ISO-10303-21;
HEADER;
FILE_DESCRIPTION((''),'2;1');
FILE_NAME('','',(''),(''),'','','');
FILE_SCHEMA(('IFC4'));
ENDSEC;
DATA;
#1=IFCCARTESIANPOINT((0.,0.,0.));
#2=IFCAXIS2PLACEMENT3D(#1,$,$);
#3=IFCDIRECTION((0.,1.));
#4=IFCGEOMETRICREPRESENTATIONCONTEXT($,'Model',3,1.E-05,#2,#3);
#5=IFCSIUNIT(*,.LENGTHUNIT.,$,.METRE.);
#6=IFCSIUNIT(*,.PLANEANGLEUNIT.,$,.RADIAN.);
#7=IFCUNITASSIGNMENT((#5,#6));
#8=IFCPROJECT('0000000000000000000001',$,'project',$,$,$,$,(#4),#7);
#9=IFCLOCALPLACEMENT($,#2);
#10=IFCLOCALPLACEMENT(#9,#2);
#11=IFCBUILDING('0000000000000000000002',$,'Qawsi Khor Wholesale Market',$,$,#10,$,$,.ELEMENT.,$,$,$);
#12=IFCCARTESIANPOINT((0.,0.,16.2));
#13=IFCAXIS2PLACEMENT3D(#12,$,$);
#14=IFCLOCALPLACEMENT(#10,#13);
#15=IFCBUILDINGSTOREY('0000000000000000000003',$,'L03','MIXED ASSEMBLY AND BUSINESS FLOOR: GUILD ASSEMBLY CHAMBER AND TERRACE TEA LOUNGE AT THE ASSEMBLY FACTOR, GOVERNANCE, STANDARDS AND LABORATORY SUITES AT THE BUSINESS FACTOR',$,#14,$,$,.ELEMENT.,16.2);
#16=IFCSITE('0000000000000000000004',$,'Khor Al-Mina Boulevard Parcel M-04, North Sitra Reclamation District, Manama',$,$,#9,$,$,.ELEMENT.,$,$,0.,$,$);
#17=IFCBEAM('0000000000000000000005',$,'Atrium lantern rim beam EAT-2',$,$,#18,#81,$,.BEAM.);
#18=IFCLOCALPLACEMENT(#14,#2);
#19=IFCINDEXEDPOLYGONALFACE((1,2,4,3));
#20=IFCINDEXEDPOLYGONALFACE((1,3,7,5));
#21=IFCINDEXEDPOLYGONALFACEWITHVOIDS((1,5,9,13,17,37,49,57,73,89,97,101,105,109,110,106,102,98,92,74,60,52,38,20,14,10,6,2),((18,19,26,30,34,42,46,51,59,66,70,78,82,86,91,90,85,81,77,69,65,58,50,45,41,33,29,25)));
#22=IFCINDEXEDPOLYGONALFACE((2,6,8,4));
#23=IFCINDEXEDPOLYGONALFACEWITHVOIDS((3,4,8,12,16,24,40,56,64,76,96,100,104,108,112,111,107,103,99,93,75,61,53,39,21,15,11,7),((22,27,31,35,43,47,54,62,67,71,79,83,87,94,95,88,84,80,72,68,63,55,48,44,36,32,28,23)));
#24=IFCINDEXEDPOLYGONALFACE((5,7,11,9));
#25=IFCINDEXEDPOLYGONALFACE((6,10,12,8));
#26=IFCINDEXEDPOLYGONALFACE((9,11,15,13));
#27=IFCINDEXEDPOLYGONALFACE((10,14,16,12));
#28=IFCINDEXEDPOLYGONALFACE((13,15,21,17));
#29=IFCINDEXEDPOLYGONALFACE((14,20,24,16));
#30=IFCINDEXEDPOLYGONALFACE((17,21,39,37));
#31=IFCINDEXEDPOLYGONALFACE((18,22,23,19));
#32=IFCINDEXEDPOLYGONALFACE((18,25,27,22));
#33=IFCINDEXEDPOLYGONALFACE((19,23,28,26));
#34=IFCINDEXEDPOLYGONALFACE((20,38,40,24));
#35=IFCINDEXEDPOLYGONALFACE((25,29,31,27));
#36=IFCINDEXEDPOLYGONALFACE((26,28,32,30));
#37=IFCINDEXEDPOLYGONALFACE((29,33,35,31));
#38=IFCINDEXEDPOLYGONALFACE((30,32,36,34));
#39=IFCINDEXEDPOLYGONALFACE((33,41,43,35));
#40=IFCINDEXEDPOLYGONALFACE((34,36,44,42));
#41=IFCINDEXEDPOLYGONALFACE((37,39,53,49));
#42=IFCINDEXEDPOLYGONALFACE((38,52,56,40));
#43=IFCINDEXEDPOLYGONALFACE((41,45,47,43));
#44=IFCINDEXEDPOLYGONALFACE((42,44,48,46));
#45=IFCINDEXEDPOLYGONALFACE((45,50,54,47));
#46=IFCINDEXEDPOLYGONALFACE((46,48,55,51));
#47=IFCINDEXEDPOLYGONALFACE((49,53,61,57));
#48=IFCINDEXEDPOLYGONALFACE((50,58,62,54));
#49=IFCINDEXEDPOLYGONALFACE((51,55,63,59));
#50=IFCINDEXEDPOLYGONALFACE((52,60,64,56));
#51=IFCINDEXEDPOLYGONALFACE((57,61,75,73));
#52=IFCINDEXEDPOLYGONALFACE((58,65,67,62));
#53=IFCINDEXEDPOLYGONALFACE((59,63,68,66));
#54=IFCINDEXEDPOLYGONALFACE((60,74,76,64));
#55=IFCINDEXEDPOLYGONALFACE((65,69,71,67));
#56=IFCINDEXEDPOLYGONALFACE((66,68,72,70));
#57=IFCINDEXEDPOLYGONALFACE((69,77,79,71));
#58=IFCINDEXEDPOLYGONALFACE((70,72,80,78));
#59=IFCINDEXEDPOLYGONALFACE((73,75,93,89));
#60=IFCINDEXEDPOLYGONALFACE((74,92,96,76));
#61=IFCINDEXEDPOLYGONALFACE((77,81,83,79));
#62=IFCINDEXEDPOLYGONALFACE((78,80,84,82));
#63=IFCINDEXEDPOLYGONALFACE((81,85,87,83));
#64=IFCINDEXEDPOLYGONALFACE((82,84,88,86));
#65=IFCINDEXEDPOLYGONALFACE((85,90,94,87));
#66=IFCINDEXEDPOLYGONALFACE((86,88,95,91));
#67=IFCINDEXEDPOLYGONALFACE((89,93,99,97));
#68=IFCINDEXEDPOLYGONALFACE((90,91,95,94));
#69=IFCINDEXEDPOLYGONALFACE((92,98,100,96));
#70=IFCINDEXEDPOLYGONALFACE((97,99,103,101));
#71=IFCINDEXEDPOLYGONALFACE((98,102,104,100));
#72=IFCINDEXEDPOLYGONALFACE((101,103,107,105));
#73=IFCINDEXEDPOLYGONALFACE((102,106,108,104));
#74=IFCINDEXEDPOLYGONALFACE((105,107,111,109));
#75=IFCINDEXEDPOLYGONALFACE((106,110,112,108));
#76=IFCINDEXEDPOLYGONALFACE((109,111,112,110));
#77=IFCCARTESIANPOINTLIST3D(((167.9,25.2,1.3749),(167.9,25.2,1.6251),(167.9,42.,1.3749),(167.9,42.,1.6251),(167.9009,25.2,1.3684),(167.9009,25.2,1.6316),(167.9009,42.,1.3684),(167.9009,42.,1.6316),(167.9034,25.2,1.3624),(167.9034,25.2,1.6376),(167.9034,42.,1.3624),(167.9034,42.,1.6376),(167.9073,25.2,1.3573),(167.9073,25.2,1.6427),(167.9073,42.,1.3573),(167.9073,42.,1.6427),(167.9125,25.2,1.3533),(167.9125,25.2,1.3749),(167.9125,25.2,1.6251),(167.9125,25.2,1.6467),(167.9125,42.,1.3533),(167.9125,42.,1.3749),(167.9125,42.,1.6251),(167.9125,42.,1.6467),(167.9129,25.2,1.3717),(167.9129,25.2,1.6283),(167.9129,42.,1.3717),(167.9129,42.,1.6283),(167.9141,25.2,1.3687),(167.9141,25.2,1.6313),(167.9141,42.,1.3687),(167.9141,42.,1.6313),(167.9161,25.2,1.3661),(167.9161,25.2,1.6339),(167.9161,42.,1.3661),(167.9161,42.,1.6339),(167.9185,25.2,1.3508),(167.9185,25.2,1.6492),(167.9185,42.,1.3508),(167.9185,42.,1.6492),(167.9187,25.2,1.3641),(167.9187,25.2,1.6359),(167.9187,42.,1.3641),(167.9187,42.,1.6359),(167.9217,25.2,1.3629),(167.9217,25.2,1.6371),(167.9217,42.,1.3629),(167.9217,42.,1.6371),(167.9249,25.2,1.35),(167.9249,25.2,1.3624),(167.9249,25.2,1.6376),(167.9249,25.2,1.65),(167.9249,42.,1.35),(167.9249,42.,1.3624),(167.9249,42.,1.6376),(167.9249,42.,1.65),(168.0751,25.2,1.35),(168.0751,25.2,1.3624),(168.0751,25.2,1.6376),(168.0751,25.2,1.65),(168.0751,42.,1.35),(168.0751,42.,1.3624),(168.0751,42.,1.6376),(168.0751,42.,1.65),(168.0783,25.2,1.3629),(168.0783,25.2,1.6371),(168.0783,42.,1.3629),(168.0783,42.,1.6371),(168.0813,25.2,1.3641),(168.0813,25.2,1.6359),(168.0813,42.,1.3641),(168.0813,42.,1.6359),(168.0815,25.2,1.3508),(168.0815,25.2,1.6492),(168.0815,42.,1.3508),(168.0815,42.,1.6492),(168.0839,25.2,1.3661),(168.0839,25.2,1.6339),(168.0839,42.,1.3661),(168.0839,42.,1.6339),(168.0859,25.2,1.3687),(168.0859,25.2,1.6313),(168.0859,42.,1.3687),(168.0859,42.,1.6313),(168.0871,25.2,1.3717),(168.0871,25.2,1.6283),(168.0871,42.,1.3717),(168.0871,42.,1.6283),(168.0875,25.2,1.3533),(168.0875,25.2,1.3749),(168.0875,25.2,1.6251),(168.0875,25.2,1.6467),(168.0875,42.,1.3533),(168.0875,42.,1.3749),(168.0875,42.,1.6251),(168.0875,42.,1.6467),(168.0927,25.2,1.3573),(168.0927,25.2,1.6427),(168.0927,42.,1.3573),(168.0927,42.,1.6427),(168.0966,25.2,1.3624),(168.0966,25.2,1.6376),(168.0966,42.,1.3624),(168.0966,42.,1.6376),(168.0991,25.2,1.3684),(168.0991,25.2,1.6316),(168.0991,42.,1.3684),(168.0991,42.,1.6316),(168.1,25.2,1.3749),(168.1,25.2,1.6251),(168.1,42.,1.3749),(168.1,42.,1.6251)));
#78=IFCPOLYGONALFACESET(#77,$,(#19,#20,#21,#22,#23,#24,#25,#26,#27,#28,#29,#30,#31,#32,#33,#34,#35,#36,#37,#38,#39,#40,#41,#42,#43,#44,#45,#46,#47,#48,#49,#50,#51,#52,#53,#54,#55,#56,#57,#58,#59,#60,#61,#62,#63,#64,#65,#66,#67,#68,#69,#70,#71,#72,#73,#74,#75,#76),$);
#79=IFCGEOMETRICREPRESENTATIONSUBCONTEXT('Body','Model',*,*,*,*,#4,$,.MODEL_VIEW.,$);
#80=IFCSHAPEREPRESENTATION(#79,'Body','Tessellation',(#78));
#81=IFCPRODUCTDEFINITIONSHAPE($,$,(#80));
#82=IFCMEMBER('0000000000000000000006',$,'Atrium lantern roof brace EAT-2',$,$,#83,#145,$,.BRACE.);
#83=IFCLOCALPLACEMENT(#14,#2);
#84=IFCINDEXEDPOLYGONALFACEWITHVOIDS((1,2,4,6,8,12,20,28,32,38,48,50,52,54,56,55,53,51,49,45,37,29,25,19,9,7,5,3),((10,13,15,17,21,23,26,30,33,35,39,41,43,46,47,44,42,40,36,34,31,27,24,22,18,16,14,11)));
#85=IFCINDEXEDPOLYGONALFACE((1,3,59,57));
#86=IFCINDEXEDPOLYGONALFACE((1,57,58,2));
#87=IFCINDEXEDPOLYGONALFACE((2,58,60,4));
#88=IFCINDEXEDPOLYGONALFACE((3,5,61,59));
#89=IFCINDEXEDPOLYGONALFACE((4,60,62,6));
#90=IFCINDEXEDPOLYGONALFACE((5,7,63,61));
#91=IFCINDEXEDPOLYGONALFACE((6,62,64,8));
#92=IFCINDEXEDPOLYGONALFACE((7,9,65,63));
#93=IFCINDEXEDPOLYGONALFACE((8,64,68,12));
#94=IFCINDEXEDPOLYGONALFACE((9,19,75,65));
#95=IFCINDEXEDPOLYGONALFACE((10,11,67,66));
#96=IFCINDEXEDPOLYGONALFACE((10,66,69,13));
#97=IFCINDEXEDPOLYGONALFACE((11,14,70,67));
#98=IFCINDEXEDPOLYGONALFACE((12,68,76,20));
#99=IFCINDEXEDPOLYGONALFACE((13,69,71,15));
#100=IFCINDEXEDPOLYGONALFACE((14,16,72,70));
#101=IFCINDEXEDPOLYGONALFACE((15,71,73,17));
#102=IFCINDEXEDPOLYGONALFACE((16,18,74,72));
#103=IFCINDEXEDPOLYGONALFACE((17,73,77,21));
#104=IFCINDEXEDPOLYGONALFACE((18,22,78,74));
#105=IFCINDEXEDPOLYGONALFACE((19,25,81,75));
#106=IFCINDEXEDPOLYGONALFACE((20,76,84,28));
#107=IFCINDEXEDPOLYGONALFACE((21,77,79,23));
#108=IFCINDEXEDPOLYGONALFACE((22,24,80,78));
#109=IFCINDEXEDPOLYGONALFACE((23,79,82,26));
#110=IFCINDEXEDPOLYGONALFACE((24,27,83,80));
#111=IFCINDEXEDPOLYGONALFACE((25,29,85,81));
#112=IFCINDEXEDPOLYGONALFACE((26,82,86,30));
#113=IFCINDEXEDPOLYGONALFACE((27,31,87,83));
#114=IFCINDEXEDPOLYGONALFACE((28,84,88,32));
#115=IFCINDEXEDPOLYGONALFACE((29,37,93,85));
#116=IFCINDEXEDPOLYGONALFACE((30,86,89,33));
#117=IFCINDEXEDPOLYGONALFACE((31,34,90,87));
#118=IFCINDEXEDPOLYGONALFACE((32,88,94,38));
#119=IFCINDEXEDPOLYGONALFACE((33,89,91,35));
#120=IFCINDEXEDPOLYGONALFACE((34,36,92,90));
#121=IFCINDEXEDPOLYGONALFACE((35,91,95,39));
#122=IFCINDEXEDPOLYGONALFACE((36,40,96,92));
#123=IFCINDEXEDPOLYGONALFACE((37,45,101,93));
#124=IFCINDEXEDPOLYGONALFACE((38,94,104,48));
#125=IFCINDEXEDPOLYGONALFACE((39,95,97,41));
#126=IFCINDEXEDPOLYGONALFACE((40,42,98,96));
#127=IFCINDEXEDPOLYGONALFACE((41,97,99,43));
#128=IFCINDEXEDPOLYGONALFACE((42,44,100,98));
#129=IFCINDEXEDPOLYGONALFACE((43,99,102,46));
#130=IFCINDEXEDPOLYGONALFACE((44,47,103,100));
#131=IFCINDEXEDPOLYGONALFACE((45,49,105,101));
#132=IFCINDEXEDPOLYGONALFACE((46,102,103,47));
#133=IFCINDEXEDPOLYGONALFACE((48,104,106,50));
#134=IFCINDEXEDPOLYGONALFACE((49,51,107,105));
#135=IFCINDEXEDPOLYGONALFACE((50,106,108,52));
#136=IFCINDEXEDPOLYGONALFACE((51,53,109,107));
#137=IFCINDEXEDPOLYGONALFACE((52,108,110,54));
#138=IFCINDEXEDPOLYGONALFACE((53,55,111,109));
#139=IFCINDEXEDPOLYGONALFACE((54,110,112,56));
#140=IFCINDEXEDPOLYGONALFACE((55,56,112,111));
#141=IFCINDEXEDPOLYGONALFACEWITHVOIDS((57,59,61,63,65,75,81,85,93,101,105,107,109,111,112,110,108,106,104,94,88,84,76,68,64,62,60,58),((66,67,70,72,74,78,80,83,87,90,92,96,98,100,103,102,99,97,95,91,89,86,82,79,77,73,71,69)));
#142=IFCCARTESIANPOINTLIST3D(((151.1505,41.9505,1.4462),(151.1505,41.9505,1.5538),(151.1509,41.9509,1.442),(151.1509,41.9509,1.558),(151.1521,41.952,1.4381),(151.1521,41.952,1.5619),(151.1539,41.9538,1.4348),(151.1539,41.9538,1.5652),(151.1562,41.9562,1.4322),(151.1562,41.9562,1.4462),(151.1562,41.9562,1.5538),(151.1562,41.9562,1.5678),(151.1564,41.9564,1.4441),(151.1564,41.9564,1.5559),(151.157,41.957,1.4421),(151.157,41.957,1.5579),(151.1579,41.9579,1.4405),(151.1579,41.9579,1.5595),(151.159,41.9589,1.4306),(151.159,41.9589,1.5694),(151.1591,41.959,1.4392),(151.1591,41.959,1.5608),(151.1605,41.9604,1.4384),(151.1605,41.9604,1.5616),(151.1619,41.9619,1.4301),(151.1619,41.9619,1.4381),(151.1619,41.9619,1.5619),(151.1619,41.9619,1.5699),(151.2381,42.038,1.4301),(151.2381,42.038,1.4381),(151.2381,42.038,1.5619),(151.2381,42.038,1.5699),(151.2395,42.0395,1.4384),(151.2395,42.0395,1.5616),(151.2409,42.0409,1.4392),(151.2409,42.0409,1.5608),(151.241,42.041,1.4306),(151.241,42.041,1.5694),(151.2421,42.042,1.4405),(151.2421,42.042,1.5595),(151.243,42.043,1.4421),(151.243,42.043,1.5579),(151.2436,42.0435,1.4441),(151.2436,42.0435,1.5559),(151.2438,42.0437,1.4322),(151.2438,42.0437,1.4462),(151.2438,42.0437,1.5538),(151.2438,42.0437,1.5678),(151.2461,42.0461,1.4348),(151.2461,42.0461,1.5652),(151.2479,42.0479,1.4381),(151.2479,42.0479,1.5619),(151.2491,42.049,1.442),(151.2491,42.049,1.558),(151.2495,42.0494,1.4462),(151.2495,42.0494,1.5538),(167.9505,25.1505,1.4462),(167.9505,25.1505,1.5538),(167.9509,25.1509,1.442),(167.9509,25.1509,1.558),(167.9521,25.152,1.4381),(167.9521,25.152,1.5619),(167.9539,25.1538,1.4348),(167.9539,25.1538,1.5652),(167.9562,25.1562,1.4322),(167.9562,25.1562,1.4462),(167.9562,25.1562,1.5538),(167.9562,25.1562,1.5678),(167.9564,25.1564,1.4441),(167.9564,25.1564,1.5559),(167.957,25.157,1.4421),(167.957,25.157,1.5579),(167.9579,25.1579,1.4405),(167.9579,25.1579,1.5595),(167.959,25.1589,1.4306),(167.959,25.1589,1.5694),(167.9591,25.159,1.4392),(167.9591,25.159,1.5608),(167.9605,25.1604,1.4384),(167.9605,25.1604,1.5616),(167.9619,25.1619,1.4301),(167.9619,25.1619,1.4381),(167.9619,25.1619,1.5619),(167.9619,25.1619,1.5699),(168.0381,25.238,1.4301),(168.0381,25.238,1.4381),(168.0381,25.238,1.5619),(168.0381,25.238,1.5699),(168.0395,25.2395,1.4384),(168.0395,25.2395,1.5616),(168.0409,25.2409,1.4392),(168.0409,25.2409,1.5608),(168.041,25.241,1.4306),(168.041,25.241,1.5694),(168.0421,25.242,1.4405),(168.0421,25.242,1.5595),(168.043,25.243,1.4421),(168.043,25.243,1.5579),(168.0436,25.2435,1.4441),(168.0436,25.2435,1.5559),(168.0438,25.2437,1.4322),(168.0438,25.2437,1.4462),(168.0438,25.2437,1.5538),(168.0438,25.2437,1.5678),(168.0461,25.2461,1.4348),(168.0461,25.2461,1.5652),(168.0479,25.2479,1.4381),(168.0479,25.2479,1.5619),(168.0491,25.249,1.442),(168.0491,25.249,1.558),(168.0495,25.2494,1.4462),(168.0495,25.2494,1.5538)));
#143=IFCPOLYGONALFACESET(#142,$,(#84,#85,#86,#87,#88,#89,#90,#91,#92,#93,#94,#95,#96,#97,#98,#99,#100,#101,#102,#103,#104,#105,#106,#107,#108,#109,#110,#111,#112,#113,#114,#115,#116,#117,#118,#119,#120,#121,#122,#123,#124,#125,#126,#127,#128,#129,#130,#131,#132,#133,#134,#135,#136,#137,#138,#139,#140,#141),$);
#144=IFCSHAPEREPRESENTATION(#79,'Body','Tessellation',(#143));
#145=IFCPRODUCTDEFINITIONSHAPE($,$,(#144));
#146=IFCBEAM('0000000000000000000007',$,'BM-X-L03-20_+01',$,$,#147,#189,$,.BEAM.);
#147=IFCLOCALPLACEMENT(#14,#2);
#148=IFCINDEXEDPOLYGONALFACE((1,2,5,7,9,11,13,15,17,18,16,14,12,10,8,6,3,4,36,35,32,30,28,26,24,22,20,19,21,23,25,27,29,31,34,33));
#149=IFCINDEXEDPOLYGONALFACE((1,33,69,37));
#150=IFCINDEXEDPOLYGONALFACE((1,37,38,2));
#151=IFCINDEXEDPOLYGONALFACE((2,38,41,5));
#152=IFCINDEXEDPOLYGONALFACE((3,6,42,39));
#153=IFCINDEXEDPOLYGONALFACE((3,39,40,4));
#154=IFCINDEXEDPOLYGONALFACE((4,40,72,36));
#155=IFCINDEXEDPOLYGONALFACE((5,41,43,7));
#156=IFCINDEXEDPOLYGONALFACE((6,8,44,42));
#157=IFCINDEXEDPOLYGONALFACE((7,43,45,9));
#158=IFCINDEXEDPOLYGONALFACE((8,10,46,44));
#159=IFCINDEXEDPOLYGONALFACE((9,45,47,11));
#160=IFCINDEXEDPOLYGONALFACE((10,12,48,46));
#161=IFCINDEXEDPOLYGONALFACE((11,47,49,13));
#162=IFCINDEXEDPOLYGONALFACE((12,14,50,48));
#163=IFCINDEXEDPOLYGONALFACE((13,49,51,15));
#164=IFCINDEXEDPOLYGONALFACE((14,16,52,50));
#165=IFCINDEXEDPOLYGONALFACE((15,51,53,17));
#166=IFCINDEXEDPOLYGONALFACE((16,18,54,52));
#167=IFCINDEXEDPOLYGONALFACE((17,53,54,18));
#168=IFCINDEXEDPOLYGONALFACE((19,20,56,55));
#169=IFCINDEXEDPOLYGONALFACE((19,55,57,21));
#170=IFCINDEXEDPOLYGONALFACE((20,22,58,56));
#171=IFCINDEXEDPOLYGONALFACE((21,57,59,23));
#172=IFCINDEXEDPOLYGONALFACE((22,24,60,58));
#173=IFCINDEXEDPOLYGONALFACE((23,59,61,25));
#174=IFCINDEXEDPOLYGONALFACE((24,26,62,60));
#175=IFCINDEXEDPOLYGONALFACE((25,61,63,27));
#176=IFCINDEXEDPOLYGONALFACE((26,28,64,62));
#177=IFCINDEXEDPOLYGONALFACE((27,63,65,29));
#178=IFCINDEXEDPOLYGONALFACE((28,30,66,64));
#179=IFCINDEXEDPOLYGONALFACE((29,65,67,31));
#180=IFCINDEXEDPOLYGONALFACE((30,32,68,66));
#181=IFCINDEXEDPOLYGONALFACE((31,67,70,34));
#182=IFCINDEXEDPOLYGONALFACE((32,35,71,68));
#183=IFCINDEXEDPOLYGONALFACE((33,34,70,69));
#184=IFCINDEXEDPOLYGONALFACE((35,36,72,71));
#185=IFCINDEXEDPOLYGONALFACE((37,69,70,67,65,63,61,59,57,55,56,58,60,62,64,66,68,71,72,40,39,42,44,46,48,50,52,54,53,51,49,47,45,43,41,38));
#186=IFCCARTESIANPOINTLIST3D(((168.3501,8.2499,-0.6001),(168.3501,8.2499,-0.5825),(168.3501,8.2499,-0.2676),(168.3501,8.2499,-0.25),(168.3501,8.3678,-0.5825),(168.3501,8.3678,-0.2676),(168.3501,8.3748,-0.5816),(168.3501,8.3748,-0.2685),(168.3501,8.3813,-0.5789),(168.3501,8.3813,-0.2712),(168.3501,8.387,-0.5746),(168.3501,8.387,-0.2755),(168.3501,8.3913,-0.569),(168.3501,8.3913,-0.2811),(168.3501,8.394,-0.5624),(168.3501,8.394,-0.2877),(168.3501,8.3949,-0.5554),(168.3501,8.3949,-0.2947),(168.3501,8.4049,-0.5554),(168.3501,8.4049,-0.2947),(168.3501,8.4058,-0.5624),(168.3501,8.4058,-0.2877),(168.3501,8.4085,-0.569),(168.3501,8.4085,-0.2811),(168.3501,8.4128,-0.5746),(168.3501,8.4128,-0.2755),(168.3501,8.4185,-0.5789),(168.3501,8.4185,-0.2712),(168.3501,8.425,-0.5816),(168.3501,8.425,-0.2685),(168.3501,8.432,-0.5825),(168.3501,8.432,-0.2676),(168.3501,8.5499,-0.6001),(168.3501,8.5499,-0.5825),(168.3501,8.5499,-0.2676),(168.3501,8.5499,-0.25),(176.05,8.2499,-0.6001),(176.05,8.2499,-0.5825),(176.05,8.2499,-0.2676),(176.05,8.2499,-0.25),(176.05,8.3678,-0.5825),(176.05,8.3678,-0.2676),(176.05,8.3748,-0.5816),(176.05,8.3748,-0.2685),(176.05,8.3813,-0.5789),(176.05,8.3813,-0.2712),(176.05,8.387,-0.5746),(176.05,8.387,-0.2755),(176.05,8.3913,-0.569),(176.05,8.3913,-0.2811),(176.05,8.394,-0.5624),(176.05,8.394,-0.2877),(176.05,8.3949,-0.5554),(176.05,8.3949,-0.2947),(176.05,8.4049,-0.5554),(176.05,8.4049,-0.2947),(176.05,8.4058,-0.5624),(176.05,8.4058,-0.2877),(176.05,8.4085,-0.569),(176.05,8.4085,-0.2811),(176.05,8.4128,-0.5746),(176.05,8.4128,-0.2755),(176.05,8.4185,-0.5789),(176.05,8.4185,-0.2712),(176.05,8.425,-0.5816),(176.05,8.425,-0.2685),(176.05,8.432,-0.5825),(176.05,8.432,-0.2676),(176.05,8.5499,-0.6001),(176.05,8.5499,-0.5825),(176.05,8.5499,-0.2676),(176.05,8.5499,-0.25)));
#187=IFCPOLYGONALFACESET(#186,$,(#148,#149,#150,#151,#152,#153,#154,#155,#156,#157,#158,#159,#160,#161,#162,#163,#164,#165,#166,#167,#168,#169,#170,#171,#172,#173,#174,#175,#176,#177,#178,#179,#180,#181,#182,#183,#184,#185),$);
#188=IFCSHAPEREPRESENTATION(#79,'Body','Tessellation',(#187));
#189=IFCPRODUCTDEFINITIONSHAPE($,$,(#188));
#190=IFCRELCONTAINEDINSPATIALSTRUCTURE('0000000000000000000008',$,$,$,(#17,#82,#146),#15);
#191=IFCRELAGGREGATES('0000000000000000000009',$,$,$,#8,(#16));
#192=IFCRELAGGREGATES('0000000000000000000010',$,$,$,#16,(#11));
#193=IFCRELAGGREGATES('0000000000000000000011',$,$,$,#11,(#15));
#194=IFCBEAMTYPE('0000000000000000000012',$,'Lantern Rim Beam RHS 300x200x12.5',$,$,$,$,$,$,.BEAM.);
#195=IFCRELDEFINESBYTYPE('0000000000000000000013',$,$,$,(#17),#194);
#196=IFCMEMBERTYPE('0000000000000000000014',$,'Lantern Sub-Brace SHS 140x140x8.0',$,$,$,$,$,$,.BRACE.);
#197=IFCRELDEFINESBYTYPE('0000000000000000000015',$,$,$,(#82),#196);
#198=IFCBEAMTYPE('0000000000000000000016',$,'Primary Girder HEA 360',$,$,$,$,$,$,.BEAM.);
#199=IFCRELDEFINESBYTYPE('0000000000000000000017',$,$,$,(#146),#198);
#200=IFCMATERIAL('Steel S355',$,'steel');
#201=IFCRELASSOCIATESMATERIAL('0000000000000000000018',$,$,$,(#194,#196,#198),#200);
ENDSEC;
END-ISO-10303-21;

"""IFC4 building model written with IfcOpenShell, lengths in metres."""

from ifc_helpers import new_model, si_unit, direction, frame, origin, origin_2d, place, context, subcontext, project, spatial, hollow_rectangle, i_section, extrude, material, material_profile, profile_set, type_object, element, save


model = new_model("IFC4")

# Units and contexts
model_context = context("Model", 3, precision=1e-05, world=origin(), true_north=direction((0.0, 1.0)))
body_context = subcontext(model_context, "Body", "Model", "MODEL_VIEW")
ifc_project = project(units=[si_unit("LENGTHUNIT", "METRE"), si_unit("PLANEANGLEUNIT", "RADIAN")], contexts=[model_context])

# Site, building, storey
site_placement = place(None, origin())
site = spatial("IfcSite", under=ifc_project, at=site_placement, Name="Khor Al-Mina Boulevard Parcel M-04, North Sitra Reclamation District, Manama", CompositionType="ELEMENT", RefElevation=0.0)
building_placement = place(site_placement, origin())
building = spatial("IfcBuilding", under=site, at=building_placement, Name="Qawsi Khor Wholesale Market", CompositionType="ELEMENT")
storey_placement = place(building_placement, frame((0.0, 0.0, 16.2)))
storey = spatial("IfcBuildingStorey", under=building, at=storey_placement, Name="L03", Description="MIXED ASSEMBLY AND BUSINESS FLOOR: GUILD ASSEMBLY CHAMBER AND TERRACE TEA LOUNGE AT THE ASSEMBLY FACTOR, GOVERNANCE, STANDARDS AND LABORATORY SUITES AT THE BUSINESS FACTOR", CompositionType="ELEMENT", Elevation=16.2)

# Shared definitions
ifc_material_1 = material(Name="Steel S355", Category="steel")

# Beam
ifc_material_profile_1 = material_profile(ifc_material_1, hollow_rectangle(XDim=0.2, YDim=0.3, WallThickness=0.0125, InnerFilletRadius=0.0125, OuterFilletRadius=0.0249, at=origin_2d()), Name="RHS 300x200x12.5")
ifc_profile_set_1 = profile_set([ifc_material_profile_1], Name="Steel S355")
beam_type_1 = type_object("IfcBeamType", Name="Lantern Rim Beam RHS 300x200x12.5", PredefinedType="BEAM", material=ifc_profile_set_1)
beam_1_placement = place(storey_placement, frame((168.0, 25.2, 1.5), z_axis=(0.0, 1.0, 0.0), x_axis=(-1.0, 0.0, 0.0)))
element("IfcBeam", 1, at=beam_1_placement, inside=storey, type_object=beam_type_1, Name="Atrium lantern rim beam EAT-2", PredefinedType="BEAM", context=body_context, shape_type="SweptSolid", body=[
    extrude(hollow_rectangle(XDim=0.2, YDim=0.3, WallThickness=0.0125, InnerFilletRadius=0.0125, OuterFilletRadius=0.0249, at=origin_2d()), origin(), (0.0, 0.0, 1.0), 16.8),
])

# Member
ifc_material_profile_2 = material_profile(ifc_material_1, hollow_rectangle(XDim=0.1399, YDim=0.1399, WallThickness=0.0081, InnerFilletRadius=0.0081, OuterFilletRadius=0.0161, at=origin_2d()), Name="SHS 140x140x8.0")
ifc_profile_set_2 = profile_set([ifc_material_profile_2], Name="Steel S355")
member_type_1 = type_object("IfcMemberType", Name="Lantern Sub-Brace SHS 140x140x8.0", PredefinedType="BRACE", material=ifc_profile_set_2)
member_1_placement = place(storey_placement, frame((168.0, 25.2, 1.5), z_axis=(-0.707107, 0.707107, 0.0), x_axis=(-0.707107, -0.707107, 0.0)))
element("IfcMember", 2, at=member_1_placement, inside=storey, type_object=member_type_1, Name="Atrium lantern roof brace EAT-2", PredefinedType="BRACE", context=body_context, shape_type="SweptSolid", body=[
    extrude(hollow_rectangle(XDim=0.1399, YDim=0.1399, WallThickness=0.0081, InnerFilletRadius=0.0081, OuterFilletRadius=0.0161, at=origin_2d()), origin(), (0.0, 0.0, 1.0), 23.7588),
])

# Beam
ifc_material_profile_3 = material_profile(ifc_material_1, i_section(OverallWidth=0.3, OverallDepth=0.3501, WebThickness=0.01, FlangeThickness=0.0176, FilletRadius=0.0271, at=origin_2d()), Name="HEA 360")
ifc_profile_set_3 = profile_set([ifc_material_profile_3], Name="Steel S355")
beam_type_2 = type_object("IfcBeamType", Name="Primary Girder HEA 360", PredefinedType="BEAM", material=ifc_profile_set_3)
for number, where, z_axis, x_axis, name in (
    (3, (168.3501, 8.3999, -0.425), (1.0, 0.0, 0.0), (0.0, 1.0, 0.0), "BM-X-L03-20_+01"),
):
    element("IfcBeam", number, at=place(storey_placement, frame(where, z_axis=z_axis, x_axis=x_axis)), inside=storey, type_object=beam_type_2, Name=name, PredefinedType="BEAM", context=body_context, shape_type="SweptSolid", body=[
        extrude(i_section(OverallWidth=0.3, OverallDepth=0.3501, WebThickness=0.01, FlangeThickness=0.0176, FilletRadius=0.0271, at=origin_2d()), origin(), (0.0, 0.0, 1.0), 7.7),
    ])

save(model, "model.ifc")
